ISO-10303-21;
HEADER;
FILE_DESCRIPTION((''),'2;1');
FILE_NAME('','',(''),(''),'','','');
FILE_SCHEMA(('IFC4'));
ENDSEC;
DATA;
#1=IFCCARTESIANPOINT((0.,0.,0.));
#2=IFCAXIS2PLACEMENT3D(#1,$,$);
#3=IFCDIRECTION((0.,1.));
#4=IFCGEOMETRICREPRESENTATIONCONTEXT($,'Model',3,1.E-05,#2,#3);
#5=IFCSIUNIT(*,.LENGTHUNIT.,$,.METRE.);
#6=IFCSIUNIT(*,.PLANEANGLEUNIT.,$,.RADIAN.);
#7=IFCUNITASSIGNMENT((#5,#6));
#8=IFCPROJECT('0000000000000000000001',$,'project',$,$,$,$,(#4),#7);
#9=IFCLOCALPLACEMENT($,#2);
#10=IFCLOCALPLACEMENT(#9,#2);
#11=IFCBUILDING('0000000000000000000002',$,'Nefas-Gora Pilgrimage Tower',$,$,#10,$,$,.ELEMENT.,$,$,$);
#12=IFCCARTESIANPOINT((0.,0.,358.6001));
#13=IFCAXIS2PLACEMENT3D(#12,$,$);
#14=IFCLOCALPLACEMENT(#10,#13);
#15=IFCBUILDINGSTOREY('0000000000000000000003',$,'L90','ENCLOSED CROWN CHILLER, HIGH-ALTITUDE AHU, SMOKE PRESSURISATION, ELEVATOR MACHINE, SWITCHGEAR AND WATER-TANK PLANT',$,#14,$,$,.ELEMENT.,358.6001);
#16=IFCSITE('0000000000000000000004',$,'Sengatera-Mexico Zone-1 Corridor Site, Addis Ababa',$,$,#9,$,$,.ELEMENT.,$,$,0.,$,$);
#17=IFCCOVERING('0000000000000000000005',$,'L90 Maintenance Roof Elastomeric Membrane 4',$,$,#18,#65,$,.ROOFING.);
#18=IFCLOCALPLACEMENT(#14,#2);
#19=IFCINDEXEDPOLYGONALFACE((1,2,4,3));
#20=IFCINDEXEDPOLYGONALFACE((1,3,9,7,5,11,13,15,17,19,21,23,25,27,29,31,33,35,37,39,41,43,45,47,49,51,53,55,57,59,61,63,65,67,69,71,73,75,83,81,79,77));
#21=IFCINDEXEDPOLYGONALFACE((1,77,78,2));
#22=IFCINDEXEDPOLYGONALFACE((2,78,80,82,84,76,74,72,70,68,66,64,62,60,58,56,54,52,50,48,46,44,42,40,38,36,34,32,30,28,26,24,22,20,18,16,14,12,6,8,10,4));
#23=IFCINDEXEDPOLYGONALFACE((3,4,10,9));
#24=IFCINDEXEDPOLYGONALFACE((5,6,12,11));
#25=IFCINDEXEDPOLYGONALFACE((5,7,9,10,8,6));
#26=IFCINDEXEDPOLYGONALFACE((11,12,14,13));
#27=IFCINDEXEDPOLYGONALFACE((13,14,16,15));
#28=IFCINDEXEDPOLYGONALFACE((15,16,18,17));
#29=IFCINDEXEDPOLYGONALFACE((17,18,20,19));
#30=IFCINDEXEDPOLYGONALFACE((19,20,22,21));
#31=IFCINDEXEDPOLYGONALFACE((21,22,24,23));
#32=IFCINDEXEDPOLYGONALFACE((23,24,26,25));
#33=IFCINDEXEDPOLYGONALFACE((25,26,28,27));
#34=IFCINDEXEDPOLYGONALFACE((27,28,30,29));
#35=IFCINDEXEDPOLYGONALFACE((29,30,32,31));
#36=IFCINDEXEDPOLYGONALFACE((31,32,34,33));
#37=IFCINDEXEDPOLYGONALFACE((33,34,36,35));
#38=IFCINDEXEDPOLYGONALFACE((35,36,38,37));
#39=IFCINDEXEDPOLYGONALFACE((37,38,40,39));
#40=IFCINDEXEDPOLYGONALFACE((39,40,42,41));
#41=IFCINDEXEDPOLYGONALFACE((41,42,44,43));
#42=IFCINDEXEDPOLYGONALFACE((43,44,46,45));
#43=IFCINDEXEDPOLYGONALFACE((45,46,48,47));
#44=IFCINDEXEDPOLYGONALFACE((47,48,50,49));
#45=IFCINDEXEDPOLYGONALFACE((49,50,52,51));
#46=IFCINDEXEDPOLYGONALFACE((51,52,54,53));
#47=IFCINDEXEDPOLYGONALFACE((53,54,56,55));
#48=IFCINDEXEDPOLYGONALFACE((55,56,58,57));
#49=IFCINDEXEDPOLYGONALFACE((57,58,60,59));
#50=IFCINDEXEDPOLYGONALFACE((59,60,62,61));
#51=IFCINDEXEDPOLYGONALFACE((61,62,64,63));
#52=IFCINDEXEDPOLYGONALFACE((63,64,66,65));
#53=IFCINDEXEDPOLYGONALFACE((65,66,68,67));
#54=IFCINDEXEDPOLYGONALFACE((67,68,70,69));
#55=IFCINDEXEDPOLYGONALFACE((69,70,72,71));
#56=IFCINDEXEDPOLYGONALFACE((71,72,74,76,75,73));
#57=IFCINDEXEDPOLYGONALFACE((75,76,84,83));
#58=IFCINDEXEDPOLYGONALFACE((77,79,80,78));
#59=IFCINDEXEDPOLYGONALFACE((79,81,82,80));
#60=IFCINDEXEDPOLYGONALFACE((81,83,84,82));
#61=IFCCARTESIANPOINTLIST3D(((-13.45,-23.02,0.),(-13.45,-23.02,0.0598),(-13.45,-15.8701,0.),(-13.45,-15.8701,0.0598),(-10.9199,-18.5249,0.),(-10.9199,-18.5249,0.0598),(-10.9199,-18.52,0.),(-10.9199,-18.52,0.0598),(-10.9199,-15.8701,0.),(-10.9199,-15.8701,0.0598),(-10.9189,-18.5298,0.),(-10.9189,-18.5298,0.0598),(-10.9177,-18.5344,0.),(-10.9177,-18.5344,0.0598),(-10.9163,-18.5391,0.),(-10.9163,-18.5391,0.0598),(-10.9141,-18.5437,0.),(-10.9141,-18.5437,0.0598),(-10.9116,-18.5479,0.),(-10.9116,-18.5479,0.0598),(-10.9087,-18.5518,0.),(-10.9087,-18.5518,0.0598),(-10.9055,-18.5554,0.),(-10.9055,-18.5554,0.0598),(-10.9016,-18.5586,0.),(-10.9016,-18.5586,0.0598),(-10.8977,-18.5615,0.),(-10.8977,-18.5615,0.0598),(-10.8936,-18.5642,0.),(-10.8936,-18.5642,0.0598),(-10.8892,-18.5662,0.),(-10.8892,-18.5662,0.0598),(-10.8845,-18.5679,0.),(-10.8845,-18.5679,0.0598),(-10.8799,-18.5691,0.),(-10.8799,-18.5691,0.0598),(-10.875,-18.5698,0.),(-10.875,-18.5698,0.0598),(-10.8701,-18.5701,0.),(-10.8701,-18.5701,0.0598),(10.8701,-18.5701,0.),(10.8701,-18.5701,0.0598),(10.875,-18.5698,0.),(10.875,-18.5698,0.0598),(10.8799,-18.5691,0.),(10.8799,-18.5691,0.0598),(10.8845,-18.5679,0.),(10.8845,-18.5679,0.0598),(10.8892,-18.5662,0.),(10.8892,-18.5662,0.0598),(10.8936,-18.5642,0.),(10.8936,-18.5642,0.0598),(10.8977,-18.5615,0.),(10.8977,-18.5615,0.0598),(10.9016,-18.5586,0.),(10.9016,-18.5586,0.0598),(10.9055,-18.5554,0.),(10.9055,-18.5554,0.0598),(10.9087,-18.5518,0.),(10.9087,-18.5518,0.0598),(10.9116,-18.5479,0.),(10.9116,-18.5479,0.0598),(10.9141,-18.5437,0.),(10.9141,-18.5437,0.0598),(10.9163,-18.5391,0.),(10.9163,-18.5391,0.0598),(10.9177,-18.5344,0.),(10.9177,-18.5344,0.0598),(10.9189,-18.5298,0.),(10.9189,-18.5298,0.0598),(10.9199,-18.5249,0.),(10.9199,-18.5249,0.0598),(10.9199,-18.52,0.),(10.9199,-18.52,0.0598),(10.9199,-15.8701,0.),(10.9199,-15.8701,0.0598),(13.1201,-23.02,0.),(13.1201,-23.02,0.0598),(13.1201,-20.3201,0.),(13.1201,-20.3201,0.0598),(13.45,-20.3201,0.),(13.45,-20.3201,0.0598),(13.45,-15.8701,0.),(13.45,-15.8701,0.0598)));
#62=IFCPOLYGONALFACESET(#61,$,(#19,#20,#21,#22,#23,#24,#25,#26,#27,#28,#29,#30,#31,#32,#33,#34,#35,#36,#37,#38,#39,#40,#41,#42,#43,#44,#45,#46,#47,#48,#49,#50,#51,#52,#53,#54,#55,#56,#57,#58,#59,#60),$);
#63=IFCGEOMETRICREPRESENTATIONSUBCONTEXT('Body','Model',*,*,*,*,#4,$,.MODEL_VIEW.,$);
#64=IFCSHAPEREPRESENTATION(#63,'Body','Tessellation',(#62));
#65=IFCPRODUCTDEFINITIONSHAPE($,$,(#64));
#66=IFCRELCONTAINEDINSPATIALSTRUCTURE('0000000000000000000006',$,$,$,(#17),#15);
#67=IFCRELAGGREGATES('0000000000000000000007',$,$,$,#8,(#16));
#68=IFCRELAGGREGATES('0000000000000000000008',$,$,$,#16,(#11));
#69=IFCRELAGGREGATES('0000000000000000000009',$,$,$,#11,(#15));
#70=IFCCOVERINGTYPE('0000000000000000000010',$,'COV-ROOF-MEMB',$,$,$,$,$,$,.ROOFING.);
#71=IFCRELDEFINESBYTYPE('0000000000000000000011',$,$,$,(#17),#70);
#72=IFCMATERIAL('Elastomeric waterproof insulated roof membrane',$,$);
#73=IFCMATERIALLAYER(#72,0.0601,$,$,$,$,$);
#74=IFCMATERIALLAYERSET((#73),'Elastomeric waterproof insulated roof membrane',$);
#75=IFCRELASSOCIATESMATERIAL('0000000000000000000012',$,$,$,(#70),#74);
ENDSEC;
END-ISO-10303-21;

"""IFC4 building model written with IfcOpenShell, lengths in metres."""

from ifc_helpers import new_model, si_unit, direction, frame, origin, place, context, subcontext, project, spatial, polyline, outline, extrude, material, layer, layer_set, type_object, element, save


model = new_model("IFC4")

# Units and contexts
model_context = context("Model", 3, precision=1e-05, world=origin(), true_north=direction((0.0, 1.0)))
body_context = subcontext(model_context, "Body", "Model", "MODEL_VIEW")
ifc_project = project(units=[si_unit("LENGTHUNIT", "METRE"), si_unit("PLANEANGLEUNIT", "RADIAN")], contexts=[model_context])

# Site, building, storey
site_placement = place(None, origin())
site = spatial("IfcSite", under=ifc_project, at=site_placement, Name="Sengatera-Mexico Zone-1 Corridor Site, Addis Ababa", CompositionType="ELEMENT", RefElevation=0.0)
building_placement = place(site_placement, origin())
building = spatial("IfcBuilding", under=site, at=building_placement, Name="Nefas-Gora Pilgrimage Tower", CompositionType="ELEMENT")
storey_placement = place(building_placement, frame((0.0, 0.0, 358.6001)))
storey = spatial("IfcBuildingStorey", under=building, at=storey_placement, Name="L90", Description="ENCLOSED CROWN CHILLER, HIGH-ALTITUDE AHU, SMOKE PRESSURISATION, ELEVATOR MACHINE, SWITCHGEAR AND WATER-TANK PLANT", CompositionType="ELEMENT", Elevation=358.6001)

# Covering
ifc_material_1 = material(Name="Elastomeric waterproof insulated roof membrane")
ifc_layer_1 = layer(ifc_material_1, 0.0601)
ifc_layer_set_1 = layer_set([ifc_layer_1], Name="Elastomeric waterproof insulated roof membrane")
covering_type = type_object("IfcCoveringType", Name="COV-ROOF-MEMB", PredefinedType="ROOFING", material=ifc_layer_set_1)
covering_1_placement = place(storey_placement, origin())
element("IfcCovering", 1, at=covering_1_placement, inside=storey, type_object=covering_type, Name="L90 Maintenance Roof Elastomeric Membrane 4", PredefinedType="ROOFING", context=body_context, shape_type="SweptSolid", body=[
    extrude(outline(polyline([(13.45, -20.3201), (13.45, -15.8701), (10.9199, -15.8701), (10.9199, -18.52), (10.9199, -18.5249), (10.9189, -18.5298), (10.9177, -18.5344), (10.9163, -18.5391), (10.9141, -18.5437), (10.9116, -18.5479), (10.9087, -18.5518), (10.9055, -18.5554), (10.9016, -18.5586), (10.8977, -18.5615), (10.8936, -18.5642), (10.8892, -18.5662), (10.8845, -18.5679), (10.8799, -18.5691), (10.875, -18.5698), (10.8701, -18.5701), (-10.8701, -18.5701), (-10.875, -18.5698), (-10.8799, -18.5691), (-10.8845, -18.5679), (-10.8892, -18.5662), (-10.8936, -18.5642), (-10.8977, -18.5615), (-10.9016, -18.5586), (-10.9055, -18.5554), (-10.9087, -18.5518), (-10.9116, -18.5479), (-10.9141, -18.5437), (-10.9163, -18.5391), (-10.9177, -18.5344), (-10.9189, -18.5298), (-10.9199, -18.5249), (-10.9199, -18.52), (-10.9199, -15.8701), (-13.45, -15.8701), (-13.45, -23.02), (13.1201, -23.02), (13.1201, -20.3201), (13.45, -20.3201)])), origin(), (0.0, 0.0, 1.0), 0.0598),
])

save(model, "model.ifc")
